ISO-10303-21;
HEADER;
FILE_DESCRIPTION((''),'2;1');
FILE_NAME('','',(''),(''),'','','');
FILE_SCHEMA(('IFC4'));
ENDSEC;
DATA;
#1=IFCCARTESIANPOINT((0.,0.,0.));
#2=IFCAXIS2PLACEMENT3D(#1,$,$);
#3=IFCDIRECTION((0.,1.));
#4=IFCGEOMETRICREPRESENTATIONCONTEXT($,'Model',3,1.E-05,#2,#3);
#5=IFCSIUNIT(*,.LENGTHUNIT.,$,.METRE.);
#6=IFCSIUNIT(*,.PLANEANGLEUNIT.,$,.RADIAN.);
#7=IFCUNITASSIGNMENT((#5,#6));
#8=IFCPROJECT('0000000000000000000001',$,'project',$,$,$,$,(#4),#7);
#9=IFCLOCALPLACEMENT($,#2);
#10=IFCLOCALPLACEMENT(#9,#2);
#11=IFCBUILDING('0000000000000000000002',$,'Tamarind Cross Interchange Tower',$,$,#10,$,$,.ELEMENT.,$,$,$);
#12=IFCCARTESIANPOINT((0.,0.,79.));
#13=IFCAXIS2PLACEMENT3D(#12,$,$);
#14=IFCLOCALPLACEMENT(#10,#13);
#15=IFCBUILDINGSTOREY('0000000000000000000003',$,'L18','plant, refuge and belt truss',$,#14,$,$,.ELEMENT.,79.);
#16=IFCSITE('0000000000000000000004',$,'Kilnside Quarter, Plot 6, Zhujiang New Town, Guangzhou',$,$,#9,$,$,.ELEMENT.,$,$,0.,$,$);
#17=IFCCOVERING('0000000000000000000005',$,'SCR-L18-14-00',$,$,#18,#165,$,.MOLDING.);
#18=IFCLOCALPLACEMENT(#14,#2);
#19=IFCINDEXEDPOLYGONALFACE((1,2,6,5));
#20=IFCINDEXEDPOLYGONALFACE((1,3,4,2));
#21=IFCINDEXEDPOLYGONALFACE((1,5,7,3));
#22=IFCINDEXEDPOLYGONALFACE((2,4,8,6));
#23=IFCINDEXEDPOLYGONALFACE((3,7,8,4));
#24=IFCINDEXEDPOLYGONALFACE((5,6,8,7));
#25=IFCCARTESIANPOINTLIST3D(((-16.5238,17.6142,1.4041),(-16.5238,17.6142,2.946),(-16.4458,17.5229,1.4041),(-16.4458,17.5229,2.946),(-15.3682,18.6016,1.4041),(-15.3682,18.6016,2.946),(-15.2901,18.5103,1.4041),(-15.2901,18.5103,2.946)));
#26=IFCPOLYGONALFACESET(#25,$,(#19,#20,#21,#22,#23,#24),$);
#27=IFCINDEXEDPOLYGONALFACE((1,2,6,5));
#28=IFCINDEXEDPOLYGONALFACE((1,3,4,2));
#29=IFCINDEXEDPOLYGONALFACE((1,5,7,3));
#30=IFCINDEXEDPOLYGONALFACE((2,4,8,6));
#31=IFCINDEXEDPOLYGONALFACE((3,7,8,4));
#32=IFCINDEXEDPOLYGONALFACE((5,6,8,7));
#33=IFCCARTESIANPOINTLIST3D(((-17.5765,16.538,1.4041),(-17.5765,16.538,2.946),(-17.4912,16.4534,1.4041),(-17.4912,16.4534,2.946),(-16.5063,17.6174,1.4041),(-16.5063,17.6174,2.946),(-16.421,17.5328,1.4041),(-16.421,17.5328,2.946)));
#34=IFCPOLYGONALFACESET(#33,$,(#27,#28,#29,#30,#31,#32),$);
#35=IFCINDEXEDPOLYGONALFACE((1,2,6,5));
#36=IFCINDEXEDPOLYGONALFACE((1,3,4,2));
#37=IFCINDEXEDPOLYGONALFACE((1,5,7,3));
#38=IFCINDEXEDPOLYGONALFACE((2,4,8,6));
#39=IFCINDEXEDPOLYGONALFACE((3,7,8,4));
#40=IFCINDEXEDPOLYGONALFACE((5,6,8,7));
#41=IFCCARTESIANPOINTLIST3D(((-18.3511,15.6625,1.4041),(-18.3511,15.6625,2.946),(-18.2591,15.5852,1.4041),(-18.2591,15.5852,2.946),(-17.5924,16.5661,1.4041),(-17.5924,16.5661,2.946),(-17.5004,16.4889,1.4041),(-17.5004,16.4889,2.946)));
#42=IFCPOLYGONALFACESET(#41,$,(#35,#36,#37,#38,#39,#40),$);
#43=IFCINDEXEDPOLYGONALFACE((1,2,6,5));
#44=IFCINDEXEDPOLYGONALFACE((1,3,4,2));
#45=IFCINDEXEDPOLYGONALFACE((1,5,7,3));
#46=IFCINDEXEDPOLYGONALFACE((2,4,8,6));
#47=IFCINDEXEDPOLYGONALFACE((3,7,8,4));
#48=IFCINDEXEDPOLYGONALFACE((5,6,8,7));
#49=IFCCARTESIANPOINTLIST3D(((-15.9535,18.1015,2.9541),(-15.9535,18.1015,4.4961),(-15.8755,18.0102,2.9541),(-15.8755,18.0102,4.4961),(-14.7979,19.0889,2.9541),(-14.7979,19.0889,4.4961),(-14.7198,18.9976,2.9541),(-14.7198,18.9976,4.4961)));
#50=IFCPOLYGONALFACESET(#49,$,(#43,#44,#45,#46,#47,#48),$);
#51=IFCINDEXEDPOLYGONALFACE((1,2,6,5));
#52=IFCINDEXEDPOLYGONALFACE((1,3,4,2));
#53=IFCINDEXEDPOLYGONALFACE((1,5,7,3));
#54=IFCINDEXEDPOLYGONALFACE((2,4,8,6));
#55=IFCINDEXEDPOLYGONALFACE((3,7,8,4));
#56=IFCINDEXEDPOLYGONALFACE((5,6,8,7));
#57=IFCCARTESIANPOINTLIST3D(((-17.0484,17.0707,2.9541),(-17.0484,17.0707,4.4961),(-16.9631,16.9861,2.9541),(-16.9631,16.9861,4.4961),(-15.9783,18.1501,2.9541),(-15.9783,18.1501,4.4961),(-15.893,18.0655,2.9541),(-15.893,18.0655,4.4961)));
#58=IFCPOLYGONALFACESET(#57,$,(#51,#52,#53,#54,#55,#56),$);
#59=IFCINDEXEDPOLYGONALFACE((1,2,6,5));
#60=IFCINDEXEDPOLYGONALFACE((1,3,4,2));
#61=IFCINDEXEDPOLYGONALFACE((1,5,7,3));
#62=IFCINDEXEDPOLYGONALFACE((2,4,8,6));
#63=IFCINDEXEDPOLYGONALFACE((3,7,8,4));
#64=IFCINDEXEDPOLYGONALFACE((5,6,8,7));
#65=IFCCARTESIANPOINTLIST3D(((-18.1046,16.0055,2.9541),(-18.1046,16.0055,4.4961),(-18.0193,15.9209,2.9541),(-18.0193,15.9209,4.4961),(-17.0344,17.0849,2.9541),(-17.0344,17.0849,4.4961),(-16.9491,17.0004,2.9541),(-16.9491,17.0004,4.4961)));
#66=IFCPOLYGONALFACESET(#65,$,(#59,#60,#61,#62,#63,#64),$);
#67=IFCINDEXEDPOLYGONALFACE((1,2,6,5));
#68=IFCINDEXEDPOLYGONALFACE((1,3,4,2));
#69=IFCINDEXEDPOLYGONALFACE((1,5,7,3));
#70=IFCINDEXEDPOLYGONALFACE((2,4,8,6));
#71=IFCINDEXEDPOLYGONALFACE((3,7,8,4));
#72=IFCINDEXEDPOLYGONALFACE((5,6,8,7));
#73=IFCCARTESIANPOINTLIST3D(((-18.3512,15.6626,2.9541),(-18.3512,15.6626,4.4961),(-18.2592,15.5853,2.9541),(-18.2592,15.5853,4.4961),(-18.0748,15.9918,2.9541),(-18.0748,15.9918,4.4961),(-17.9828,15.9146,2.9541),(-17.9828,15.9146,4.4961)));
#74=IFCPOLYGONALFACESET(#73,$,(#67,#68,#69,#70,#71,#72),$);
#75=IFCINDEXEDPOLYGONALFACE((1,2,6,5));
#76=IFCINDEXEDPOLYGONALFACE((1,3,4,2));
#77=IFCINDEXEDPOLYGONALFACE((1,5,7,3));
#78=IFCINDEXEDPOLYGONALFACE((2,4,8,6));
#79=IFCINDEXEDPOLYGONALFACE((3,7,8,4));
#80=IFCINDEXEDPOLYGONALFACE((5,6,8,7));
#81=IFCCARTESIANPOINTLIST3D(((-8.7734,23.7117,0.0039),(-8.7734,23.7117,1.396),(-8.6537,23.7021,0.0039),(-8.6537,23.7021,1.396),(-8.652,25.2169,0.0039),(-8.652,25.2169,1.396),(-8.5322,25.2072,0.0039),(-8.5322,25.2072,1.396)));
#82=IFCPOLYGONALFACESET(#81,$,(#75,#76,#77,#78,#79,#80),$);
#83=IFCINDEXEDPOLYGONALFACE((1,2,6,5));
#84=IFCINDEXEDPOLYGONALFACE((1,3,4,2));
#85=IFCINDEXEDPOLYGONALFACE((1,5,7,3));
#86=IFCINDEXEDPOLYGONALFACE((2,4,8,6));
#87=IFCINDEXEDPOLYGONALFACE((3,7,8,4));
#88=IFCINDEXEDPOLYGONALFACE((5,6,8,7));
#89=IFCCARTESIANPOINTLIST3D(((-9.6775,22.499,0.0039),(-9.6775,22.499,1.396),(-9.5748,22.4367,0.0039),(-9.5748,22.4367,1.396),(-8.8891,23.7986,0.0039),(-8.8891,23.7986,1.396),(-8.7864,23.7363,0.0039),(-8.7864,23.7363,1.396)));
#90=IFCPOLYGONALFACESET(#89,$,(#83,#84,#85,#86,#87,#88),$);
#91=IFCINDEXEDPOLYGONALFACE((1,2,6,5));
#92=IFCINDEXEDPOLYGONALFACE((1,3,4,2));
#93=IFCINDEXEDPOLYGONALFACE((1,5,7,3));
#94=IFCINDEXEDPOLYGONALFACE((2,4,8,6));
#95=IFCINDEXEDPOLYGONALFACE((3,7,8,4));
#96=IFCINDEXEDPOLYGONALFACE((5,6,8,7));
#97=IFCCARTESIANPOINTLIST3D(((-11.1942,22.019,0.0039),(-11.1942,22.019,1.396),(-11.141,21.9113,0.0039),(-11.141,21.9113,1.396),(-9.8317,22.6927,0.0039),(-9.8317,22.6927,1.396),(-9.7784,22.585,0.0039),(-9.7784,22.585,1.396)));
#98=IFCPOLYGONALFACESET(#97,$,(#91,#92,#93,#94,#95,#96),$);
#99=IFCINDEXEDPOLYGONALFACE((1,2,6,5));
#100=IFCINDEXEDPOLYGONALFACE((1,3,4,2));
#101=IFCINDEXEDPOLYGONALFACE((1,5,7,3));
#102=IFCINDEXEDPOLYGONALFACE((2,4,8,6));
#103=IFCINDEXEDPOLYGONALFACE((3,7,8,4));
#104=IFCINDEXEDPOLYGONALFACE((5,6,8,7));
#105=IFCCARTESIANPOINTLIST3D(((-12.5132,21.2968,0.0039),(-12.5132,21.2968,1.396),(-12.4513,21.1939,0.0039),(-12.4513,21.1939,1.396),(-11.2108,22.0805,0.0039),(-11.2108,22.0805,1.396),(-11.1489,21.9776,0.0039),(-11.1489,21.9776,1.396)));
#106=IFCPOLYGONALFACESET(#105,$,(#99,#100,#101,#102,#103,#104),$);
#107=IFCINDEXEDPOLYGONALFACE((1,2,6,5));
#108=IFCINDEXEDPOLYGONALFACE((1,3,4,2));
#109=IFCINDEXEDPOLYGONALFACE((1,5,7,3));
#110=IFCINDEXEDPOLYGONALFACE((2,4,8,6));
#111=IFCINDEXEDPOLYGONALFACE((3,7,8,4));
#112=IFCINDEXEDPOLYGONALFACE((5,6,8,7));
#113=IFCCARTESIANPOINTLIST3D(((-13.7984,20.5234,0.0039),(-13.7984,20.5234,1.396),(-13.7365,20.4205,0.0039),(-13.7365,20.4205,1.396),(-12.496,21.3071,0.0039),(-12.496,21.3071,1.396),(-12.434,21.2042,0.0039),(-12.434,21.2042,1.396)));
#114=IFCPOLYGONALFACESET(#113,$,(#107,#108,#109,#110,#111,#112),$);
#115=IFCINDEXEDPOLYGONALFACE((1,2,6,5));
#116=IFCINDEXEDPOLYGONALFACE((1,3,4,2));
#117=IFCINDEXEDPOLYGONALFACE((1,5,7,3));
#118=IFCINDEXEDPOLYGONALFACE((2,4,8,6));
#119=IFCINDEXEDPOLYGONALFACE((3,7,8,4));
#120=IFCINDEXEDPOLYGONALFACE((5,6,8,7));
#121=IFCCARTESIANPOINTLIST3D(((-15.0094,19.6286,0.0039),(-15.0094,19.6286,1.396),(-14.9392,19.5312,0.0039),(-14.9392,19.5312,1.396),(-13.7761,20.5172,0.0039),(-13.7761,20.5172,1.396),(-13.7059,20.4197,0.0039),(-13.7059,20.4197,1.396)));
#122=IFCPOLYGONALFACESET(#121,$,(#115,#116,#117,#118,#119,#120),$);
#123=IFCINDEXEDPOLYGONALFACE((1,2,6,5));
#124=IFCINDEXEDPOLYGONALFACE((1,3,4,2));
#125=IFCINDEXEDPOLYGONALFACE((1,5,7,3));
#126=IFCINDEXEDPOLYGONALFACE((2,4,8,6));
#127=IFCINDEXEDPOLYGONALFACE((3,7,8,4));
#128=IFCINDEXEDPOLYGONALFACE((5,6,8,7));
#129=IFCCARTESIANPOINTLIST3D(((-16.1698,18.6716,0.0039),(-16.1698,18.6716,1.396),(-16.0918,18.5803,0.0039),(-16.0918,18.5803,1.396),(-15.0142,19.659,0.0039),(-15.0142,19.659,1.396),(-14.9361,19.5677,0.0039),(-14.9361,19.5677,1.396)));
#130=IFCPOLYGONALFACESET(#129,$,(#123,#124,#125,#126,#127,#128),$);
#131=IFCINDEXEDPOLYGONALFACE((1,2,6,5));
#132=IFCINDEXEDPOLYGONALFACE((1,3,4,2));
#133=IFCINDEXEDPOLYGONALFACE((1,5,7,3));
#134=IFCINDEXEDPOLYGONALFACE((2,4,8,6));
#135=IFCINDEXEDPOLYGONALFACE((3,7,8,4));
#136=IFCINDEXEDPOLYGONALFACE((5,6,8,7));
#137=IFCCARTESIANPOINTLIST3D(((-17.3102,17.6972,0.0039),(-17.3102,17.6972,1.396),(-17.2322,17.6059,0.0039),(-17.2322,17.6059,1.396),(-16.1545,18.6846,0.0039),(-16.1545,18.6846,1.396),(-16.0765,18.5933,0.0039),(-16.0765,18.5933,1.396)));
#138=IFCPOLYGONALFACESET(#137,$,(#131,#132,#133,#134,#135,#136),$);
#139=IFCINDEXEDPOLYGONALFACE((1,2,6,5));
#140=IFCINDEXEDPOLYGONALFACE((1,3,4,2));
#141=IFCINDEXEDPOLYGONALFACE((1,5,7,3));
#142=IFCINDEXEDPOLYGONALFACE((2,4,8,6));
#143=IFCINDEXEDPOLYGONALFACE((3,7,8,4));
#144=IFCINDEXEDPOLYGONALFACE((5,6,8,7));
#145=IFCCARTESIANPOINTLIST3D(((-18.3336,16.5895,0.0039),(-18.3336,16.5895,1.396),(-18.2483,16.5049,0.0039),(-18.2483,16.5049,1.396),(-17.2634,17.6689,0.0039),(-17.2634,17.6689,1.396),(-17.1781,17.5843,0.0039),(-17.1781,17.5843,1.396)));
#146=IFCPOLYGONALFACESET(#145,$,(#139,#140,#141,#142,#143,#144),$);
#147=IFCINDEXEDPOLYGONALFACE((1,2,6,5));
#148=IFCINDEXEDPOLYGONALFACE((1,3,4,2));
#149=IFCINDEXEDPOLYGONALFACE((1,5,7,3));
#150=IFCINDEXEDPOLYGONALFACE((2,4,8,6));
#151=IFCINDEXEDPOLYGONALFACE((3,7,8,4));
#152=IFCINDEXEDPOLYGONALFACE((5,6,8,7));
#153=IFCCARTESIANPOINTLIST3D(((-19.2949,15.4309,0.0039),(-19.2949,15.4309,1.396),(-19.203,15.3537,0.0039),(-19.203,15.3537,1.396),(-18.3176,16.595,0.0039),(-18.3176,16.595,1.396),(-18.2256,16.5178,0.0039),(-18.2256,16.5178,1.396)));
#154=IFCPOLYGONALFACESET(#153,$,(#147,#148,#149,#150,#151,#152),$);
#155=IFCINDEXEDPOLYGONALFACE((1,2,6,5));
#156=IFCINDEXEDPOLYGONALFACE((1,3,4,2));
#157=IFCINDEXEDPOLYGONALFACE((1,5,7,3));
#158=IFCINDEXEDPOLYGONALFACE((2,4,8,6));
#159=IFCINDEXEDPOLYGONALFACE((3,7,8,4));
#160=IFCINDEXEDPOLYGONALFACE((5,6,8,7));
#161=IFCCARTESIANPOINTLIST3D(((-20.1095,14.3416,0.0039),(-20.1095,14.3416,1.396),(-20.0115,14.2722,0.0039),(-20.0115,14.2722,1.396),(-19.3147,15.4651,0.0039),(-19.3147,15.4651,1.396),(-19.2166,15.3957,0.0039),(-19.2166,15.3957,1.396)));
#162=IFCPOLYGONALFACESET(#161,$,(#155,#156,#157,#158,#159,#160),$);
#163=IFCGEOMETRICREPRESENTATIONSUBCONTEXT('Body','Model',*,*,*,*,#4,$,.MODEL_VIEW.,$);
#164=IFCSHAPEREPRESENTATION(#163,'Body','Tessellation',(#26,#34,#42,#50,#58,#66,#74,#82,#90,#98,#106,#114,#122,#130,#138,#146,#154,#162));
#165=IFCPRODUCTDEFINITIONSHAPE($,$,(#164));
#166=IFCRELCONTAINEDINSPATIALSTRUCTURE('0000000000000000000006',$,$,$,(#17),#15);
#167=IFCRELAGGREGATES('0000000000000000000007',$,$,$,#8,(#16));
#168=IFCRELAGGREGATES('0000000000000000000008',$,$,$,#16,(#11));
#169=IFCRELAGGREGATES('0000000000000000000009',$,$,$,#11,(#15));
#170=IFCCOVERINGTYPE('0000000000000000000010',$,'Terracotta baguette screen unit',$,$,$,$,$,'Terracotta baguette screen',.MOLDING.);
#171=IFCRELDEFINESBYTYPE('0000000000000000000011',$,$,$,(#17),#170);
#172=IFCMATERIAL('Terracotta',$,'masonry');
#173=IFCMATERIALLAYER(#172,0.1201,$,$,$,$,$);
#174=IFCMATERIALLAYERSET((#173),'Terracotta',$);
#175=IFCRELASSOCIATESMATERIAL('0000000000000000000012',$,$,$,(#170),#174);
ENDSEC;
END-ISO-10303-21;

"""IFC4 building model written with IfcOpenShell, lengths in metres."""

from ifc_helpers import new_model, si_unit, direction, frame, origin, origin_2d, place, context, subcontext, project, spatial, rectangle, extrude, material, layer, layer_set, type_object, element, save


model = new_model("IFC4")

# Units and contexts
model_context = context("Model", 3, precision=1e-05, world=origin(), true_north=direction((0.0, 1.0)))
body_context = subcontext(model_context, "Body", "Model", "MODEL_VIEW")
ifc_project = project(units=[si_unit("LENGTHUNIT", "METRE"), si_unit("PLANEANGLEUNIT", "RADIAN")], contexts=[model_context])

# Site, building, storey
site_placement = place(None, origin())
site = spatial("IfcSite", under=ifc_project, at=site_placement, Name="Kilnside Quarter, Plot 6, Zhujiang New Town, Guangzhou", CompositionType="ELEMENT", RefElevation=0.0)
building_placement = place(site_placement, origin())
building = spatial("IfcBuilding", under=site, at=building_placement, Name="Tamarind Cross Interchange Tower", CompositionType="ELEMENT")
storey_placement = place(building_placement, frame((0.0, 0.0, 79.0)))
storey = spatial("IfcBuildingStorey", under=building, at=storey_placement, Name="L18", Description="plant, refuge and belt truss", CompositionType="ELEMENT", Elevation=79.0)

# Covering
ifc_material_1 = material(Name="Terracotta", Category="masonry")
ifc_layer_1 = layer(ifc_material_1, 0.1201)
ifc_layer_set_1 = layer_set([ifc_layer_1], Name="Terracotta")
covering_type = type_object("IfcCoveringType", Name="Terracotta baguette screen unit", ElementType="Terracotta baguette screen", PredefinedType="MOLDING", material=ifc_layer_set_1)
covering_1_placement = place(storey_placement, origin())
element("IfcCovering", 1, at=covering_1_placement, inside=storey, type_object=covering_type, Name="SCR-L18-14-00", PredefinedType="MOLDING", context=body_context, shape_type="SweptSolid", body=[
    extrude(rectangle(XDim=1.52, YDim=0.1201, at=origin_2d()), frame((-15.907, 18.0623, 1.4041), z_axis=(0.0, 0.0, 1.0), x_axis=(-0.760296, -0.649577, 0.0)), (0.0, 0.0, 1.0), 1.542),
    extrude(rectangle(XDim=1.52, YDim=0.1201, at=origin_2d()), frame((-16.9988, 17.0354, 1.4041), z_axis=(0.0, 0.0, 1.0), x_axis=(-0.704057, -0.710143, 0.0)), (0.0, 0.0, 1.0), 1.542),
    extrude(rectangle(XDim=1.1799, YDim=0.1201, at=origin_2d()), frame((-17.9258, 16.0757, 1.4041), z_axis=(0.0, 0.0, 1.0), x_axis=(-0.643009, -0.765858, 0.0)), (0.0, 0.0, 1.0), 1.542),
    extrude(rectangle(XDim=1.52, YDim=0.1201, at=origin_2d()), frame((-15.3367, 18.5496, 2.9541), z_axis=(0.0, 0.0, 1.0), x_axis=(-0.760296, -0.649577, 0.0)), (0.0, 0.0, 1.0), 1.542),
    extrude(rectangle(XDim=1.52, YDim=0.1201, at=origin_2d()), frame((-16.4707, 17.5681, 2.9541), z_axis=(0.0, 0.0, 1.0), x_axis=(-0.704057, -0.710143, 0.0)), (0.0, 0.0, 1.0), 1.542),
    extrude(rectangle(XDim=1.52, YDim=0.1201, at=origin_2d()), frame((-17.5269, 16.5029, 2.9541), z_axis=(0.0, 0.0, 1.0), x_axis=(-0.704057, -0.710143, 0.0)), (0.0, 0.0, 1.0), 1.542),
    extrude(rectangle(XDim=0.4299, YDim=0.1201, at=origin_2d()), frame((-18.167, 15.7886, 2.9541), z_axis=(0.0, 0.0, 1.0), x_axis=(-0.643009, -0.765858, 0.0)), (0.0, 0.0, 1.0), 1.542),
    extrude(rectangle(XDim=1.51, YDim=0.1201, at=origin_2d()), frame((-8.6528, 24.4595, 0.0039), z_axis=(0.0, 0.0, 1.0), x_axis=(-0.080423, -0.996761, 0.0)), (0.0, 0.0, 1.0), 1.3921),
    extrude(rectangle(XDim=1.52, YDim=0.1201, at=origin_2d()), frame((-9.2319, 23.1177, 0.0039), z_axis=(0.0, 0.0, 1.0), x_axis=(-0.518649, -0.854987, 0.0)), (0.0, 0.0, 1.0), 1.3921),
    extrude(rectangle(XDim=1.52, YDim=0.1201, at=origin_2d()), frame((-10.4863, 22.302, 0.0039), z_axis=(0.0, 0.0, 1.0), x_axis=(-0.896423, -0.443199, 0.0)), (0.0, 0.0, 1.0), 1.3921),
    extrude(rectangle(XDim=1.52, YDim=0.1201, at=origin_2d()), frame((-11.8311, 21.6372, 0.0039), z_axis=(0.0, 0.0, 1.0), x_axis=(-0.856843, -0.515577, 0.0)), (0.0, 0.0, 1.0), 1.3921),
    extrude(rectangle(XDim=1.52, YDim=0.1201, at=origin_2d()), frame((-13.1162, 20.8638, 0.0039), z_axis=(0.0, 0.0, 1.0), x_axis=(-0.856843, -0.515577, 0.0)), (0.0, 0.0, 1.0), 1.3921),
    extrude(rectangle(XDim=1.52, YDim=0.1201, at=origin_2d()), frame((-14.3577, 20.0242, 0.0039), z_axis=(0.0, 0.0, 1.0), x_axis=(-0.81134, -0.584574, 0.0)), (0.0, 0.0, 1.0), 1.3921),
    extrude(rectangle(XDim=1.52, YDim=0.1201, at=origin_2d()), frame((-15.553, 19.1196, 0.0039), z_axis=(0.0, 0.0, 1.0), x_axis=(-0.760296, -0.649577, 0.0)), (0.0, 0.0, 1.0), 1.3921),
    extrude(rectangle(XDim=1.52, YDim=0.1201, at=origin_2d()), frame((-16.6934, 18.1453, 0.0039), z_axis=(0.0, 0.0, 1.0), x_axis=(-0.760296, -0.649577, 0.0)), (0.0, 0.0, 1.0), 1.3921),
    extrude(rectangle(XDim=1.52, YDim=0.1201, at=origin_2d()), frame((-17.7559, 17.0869, 0.0039), z_axis=(0.0, 0.0, 1.0), x_axis=(-0.704057, -0.710143, 0.0)), (0.0, 0.0, 1.0), 1.3921),
    extrude(rectangle(XDim=1.52, YDim=0.1201, at=origin_2d()), frame((-18.7603, 15.9744, 0.0039), z_axis=(0.0, 0.0, 1.0), x_axis=(-0.643009, -0.765858, 0.0)), (0.0, 0.0, 1.0), 1.3921),
    extrude(rectangle(XDim=1.3762, YDim=0.1201, at=origin_2d()), frame((-19.6631, 14.8687, 0.0039), z_axis=(0.0, 0.0, 1.0), x_axis=(-0.577569, -0.816342, 0.0)), (0.0, 0.0, 1.0), 1.3921),
])

save(model, "model.ifc")
